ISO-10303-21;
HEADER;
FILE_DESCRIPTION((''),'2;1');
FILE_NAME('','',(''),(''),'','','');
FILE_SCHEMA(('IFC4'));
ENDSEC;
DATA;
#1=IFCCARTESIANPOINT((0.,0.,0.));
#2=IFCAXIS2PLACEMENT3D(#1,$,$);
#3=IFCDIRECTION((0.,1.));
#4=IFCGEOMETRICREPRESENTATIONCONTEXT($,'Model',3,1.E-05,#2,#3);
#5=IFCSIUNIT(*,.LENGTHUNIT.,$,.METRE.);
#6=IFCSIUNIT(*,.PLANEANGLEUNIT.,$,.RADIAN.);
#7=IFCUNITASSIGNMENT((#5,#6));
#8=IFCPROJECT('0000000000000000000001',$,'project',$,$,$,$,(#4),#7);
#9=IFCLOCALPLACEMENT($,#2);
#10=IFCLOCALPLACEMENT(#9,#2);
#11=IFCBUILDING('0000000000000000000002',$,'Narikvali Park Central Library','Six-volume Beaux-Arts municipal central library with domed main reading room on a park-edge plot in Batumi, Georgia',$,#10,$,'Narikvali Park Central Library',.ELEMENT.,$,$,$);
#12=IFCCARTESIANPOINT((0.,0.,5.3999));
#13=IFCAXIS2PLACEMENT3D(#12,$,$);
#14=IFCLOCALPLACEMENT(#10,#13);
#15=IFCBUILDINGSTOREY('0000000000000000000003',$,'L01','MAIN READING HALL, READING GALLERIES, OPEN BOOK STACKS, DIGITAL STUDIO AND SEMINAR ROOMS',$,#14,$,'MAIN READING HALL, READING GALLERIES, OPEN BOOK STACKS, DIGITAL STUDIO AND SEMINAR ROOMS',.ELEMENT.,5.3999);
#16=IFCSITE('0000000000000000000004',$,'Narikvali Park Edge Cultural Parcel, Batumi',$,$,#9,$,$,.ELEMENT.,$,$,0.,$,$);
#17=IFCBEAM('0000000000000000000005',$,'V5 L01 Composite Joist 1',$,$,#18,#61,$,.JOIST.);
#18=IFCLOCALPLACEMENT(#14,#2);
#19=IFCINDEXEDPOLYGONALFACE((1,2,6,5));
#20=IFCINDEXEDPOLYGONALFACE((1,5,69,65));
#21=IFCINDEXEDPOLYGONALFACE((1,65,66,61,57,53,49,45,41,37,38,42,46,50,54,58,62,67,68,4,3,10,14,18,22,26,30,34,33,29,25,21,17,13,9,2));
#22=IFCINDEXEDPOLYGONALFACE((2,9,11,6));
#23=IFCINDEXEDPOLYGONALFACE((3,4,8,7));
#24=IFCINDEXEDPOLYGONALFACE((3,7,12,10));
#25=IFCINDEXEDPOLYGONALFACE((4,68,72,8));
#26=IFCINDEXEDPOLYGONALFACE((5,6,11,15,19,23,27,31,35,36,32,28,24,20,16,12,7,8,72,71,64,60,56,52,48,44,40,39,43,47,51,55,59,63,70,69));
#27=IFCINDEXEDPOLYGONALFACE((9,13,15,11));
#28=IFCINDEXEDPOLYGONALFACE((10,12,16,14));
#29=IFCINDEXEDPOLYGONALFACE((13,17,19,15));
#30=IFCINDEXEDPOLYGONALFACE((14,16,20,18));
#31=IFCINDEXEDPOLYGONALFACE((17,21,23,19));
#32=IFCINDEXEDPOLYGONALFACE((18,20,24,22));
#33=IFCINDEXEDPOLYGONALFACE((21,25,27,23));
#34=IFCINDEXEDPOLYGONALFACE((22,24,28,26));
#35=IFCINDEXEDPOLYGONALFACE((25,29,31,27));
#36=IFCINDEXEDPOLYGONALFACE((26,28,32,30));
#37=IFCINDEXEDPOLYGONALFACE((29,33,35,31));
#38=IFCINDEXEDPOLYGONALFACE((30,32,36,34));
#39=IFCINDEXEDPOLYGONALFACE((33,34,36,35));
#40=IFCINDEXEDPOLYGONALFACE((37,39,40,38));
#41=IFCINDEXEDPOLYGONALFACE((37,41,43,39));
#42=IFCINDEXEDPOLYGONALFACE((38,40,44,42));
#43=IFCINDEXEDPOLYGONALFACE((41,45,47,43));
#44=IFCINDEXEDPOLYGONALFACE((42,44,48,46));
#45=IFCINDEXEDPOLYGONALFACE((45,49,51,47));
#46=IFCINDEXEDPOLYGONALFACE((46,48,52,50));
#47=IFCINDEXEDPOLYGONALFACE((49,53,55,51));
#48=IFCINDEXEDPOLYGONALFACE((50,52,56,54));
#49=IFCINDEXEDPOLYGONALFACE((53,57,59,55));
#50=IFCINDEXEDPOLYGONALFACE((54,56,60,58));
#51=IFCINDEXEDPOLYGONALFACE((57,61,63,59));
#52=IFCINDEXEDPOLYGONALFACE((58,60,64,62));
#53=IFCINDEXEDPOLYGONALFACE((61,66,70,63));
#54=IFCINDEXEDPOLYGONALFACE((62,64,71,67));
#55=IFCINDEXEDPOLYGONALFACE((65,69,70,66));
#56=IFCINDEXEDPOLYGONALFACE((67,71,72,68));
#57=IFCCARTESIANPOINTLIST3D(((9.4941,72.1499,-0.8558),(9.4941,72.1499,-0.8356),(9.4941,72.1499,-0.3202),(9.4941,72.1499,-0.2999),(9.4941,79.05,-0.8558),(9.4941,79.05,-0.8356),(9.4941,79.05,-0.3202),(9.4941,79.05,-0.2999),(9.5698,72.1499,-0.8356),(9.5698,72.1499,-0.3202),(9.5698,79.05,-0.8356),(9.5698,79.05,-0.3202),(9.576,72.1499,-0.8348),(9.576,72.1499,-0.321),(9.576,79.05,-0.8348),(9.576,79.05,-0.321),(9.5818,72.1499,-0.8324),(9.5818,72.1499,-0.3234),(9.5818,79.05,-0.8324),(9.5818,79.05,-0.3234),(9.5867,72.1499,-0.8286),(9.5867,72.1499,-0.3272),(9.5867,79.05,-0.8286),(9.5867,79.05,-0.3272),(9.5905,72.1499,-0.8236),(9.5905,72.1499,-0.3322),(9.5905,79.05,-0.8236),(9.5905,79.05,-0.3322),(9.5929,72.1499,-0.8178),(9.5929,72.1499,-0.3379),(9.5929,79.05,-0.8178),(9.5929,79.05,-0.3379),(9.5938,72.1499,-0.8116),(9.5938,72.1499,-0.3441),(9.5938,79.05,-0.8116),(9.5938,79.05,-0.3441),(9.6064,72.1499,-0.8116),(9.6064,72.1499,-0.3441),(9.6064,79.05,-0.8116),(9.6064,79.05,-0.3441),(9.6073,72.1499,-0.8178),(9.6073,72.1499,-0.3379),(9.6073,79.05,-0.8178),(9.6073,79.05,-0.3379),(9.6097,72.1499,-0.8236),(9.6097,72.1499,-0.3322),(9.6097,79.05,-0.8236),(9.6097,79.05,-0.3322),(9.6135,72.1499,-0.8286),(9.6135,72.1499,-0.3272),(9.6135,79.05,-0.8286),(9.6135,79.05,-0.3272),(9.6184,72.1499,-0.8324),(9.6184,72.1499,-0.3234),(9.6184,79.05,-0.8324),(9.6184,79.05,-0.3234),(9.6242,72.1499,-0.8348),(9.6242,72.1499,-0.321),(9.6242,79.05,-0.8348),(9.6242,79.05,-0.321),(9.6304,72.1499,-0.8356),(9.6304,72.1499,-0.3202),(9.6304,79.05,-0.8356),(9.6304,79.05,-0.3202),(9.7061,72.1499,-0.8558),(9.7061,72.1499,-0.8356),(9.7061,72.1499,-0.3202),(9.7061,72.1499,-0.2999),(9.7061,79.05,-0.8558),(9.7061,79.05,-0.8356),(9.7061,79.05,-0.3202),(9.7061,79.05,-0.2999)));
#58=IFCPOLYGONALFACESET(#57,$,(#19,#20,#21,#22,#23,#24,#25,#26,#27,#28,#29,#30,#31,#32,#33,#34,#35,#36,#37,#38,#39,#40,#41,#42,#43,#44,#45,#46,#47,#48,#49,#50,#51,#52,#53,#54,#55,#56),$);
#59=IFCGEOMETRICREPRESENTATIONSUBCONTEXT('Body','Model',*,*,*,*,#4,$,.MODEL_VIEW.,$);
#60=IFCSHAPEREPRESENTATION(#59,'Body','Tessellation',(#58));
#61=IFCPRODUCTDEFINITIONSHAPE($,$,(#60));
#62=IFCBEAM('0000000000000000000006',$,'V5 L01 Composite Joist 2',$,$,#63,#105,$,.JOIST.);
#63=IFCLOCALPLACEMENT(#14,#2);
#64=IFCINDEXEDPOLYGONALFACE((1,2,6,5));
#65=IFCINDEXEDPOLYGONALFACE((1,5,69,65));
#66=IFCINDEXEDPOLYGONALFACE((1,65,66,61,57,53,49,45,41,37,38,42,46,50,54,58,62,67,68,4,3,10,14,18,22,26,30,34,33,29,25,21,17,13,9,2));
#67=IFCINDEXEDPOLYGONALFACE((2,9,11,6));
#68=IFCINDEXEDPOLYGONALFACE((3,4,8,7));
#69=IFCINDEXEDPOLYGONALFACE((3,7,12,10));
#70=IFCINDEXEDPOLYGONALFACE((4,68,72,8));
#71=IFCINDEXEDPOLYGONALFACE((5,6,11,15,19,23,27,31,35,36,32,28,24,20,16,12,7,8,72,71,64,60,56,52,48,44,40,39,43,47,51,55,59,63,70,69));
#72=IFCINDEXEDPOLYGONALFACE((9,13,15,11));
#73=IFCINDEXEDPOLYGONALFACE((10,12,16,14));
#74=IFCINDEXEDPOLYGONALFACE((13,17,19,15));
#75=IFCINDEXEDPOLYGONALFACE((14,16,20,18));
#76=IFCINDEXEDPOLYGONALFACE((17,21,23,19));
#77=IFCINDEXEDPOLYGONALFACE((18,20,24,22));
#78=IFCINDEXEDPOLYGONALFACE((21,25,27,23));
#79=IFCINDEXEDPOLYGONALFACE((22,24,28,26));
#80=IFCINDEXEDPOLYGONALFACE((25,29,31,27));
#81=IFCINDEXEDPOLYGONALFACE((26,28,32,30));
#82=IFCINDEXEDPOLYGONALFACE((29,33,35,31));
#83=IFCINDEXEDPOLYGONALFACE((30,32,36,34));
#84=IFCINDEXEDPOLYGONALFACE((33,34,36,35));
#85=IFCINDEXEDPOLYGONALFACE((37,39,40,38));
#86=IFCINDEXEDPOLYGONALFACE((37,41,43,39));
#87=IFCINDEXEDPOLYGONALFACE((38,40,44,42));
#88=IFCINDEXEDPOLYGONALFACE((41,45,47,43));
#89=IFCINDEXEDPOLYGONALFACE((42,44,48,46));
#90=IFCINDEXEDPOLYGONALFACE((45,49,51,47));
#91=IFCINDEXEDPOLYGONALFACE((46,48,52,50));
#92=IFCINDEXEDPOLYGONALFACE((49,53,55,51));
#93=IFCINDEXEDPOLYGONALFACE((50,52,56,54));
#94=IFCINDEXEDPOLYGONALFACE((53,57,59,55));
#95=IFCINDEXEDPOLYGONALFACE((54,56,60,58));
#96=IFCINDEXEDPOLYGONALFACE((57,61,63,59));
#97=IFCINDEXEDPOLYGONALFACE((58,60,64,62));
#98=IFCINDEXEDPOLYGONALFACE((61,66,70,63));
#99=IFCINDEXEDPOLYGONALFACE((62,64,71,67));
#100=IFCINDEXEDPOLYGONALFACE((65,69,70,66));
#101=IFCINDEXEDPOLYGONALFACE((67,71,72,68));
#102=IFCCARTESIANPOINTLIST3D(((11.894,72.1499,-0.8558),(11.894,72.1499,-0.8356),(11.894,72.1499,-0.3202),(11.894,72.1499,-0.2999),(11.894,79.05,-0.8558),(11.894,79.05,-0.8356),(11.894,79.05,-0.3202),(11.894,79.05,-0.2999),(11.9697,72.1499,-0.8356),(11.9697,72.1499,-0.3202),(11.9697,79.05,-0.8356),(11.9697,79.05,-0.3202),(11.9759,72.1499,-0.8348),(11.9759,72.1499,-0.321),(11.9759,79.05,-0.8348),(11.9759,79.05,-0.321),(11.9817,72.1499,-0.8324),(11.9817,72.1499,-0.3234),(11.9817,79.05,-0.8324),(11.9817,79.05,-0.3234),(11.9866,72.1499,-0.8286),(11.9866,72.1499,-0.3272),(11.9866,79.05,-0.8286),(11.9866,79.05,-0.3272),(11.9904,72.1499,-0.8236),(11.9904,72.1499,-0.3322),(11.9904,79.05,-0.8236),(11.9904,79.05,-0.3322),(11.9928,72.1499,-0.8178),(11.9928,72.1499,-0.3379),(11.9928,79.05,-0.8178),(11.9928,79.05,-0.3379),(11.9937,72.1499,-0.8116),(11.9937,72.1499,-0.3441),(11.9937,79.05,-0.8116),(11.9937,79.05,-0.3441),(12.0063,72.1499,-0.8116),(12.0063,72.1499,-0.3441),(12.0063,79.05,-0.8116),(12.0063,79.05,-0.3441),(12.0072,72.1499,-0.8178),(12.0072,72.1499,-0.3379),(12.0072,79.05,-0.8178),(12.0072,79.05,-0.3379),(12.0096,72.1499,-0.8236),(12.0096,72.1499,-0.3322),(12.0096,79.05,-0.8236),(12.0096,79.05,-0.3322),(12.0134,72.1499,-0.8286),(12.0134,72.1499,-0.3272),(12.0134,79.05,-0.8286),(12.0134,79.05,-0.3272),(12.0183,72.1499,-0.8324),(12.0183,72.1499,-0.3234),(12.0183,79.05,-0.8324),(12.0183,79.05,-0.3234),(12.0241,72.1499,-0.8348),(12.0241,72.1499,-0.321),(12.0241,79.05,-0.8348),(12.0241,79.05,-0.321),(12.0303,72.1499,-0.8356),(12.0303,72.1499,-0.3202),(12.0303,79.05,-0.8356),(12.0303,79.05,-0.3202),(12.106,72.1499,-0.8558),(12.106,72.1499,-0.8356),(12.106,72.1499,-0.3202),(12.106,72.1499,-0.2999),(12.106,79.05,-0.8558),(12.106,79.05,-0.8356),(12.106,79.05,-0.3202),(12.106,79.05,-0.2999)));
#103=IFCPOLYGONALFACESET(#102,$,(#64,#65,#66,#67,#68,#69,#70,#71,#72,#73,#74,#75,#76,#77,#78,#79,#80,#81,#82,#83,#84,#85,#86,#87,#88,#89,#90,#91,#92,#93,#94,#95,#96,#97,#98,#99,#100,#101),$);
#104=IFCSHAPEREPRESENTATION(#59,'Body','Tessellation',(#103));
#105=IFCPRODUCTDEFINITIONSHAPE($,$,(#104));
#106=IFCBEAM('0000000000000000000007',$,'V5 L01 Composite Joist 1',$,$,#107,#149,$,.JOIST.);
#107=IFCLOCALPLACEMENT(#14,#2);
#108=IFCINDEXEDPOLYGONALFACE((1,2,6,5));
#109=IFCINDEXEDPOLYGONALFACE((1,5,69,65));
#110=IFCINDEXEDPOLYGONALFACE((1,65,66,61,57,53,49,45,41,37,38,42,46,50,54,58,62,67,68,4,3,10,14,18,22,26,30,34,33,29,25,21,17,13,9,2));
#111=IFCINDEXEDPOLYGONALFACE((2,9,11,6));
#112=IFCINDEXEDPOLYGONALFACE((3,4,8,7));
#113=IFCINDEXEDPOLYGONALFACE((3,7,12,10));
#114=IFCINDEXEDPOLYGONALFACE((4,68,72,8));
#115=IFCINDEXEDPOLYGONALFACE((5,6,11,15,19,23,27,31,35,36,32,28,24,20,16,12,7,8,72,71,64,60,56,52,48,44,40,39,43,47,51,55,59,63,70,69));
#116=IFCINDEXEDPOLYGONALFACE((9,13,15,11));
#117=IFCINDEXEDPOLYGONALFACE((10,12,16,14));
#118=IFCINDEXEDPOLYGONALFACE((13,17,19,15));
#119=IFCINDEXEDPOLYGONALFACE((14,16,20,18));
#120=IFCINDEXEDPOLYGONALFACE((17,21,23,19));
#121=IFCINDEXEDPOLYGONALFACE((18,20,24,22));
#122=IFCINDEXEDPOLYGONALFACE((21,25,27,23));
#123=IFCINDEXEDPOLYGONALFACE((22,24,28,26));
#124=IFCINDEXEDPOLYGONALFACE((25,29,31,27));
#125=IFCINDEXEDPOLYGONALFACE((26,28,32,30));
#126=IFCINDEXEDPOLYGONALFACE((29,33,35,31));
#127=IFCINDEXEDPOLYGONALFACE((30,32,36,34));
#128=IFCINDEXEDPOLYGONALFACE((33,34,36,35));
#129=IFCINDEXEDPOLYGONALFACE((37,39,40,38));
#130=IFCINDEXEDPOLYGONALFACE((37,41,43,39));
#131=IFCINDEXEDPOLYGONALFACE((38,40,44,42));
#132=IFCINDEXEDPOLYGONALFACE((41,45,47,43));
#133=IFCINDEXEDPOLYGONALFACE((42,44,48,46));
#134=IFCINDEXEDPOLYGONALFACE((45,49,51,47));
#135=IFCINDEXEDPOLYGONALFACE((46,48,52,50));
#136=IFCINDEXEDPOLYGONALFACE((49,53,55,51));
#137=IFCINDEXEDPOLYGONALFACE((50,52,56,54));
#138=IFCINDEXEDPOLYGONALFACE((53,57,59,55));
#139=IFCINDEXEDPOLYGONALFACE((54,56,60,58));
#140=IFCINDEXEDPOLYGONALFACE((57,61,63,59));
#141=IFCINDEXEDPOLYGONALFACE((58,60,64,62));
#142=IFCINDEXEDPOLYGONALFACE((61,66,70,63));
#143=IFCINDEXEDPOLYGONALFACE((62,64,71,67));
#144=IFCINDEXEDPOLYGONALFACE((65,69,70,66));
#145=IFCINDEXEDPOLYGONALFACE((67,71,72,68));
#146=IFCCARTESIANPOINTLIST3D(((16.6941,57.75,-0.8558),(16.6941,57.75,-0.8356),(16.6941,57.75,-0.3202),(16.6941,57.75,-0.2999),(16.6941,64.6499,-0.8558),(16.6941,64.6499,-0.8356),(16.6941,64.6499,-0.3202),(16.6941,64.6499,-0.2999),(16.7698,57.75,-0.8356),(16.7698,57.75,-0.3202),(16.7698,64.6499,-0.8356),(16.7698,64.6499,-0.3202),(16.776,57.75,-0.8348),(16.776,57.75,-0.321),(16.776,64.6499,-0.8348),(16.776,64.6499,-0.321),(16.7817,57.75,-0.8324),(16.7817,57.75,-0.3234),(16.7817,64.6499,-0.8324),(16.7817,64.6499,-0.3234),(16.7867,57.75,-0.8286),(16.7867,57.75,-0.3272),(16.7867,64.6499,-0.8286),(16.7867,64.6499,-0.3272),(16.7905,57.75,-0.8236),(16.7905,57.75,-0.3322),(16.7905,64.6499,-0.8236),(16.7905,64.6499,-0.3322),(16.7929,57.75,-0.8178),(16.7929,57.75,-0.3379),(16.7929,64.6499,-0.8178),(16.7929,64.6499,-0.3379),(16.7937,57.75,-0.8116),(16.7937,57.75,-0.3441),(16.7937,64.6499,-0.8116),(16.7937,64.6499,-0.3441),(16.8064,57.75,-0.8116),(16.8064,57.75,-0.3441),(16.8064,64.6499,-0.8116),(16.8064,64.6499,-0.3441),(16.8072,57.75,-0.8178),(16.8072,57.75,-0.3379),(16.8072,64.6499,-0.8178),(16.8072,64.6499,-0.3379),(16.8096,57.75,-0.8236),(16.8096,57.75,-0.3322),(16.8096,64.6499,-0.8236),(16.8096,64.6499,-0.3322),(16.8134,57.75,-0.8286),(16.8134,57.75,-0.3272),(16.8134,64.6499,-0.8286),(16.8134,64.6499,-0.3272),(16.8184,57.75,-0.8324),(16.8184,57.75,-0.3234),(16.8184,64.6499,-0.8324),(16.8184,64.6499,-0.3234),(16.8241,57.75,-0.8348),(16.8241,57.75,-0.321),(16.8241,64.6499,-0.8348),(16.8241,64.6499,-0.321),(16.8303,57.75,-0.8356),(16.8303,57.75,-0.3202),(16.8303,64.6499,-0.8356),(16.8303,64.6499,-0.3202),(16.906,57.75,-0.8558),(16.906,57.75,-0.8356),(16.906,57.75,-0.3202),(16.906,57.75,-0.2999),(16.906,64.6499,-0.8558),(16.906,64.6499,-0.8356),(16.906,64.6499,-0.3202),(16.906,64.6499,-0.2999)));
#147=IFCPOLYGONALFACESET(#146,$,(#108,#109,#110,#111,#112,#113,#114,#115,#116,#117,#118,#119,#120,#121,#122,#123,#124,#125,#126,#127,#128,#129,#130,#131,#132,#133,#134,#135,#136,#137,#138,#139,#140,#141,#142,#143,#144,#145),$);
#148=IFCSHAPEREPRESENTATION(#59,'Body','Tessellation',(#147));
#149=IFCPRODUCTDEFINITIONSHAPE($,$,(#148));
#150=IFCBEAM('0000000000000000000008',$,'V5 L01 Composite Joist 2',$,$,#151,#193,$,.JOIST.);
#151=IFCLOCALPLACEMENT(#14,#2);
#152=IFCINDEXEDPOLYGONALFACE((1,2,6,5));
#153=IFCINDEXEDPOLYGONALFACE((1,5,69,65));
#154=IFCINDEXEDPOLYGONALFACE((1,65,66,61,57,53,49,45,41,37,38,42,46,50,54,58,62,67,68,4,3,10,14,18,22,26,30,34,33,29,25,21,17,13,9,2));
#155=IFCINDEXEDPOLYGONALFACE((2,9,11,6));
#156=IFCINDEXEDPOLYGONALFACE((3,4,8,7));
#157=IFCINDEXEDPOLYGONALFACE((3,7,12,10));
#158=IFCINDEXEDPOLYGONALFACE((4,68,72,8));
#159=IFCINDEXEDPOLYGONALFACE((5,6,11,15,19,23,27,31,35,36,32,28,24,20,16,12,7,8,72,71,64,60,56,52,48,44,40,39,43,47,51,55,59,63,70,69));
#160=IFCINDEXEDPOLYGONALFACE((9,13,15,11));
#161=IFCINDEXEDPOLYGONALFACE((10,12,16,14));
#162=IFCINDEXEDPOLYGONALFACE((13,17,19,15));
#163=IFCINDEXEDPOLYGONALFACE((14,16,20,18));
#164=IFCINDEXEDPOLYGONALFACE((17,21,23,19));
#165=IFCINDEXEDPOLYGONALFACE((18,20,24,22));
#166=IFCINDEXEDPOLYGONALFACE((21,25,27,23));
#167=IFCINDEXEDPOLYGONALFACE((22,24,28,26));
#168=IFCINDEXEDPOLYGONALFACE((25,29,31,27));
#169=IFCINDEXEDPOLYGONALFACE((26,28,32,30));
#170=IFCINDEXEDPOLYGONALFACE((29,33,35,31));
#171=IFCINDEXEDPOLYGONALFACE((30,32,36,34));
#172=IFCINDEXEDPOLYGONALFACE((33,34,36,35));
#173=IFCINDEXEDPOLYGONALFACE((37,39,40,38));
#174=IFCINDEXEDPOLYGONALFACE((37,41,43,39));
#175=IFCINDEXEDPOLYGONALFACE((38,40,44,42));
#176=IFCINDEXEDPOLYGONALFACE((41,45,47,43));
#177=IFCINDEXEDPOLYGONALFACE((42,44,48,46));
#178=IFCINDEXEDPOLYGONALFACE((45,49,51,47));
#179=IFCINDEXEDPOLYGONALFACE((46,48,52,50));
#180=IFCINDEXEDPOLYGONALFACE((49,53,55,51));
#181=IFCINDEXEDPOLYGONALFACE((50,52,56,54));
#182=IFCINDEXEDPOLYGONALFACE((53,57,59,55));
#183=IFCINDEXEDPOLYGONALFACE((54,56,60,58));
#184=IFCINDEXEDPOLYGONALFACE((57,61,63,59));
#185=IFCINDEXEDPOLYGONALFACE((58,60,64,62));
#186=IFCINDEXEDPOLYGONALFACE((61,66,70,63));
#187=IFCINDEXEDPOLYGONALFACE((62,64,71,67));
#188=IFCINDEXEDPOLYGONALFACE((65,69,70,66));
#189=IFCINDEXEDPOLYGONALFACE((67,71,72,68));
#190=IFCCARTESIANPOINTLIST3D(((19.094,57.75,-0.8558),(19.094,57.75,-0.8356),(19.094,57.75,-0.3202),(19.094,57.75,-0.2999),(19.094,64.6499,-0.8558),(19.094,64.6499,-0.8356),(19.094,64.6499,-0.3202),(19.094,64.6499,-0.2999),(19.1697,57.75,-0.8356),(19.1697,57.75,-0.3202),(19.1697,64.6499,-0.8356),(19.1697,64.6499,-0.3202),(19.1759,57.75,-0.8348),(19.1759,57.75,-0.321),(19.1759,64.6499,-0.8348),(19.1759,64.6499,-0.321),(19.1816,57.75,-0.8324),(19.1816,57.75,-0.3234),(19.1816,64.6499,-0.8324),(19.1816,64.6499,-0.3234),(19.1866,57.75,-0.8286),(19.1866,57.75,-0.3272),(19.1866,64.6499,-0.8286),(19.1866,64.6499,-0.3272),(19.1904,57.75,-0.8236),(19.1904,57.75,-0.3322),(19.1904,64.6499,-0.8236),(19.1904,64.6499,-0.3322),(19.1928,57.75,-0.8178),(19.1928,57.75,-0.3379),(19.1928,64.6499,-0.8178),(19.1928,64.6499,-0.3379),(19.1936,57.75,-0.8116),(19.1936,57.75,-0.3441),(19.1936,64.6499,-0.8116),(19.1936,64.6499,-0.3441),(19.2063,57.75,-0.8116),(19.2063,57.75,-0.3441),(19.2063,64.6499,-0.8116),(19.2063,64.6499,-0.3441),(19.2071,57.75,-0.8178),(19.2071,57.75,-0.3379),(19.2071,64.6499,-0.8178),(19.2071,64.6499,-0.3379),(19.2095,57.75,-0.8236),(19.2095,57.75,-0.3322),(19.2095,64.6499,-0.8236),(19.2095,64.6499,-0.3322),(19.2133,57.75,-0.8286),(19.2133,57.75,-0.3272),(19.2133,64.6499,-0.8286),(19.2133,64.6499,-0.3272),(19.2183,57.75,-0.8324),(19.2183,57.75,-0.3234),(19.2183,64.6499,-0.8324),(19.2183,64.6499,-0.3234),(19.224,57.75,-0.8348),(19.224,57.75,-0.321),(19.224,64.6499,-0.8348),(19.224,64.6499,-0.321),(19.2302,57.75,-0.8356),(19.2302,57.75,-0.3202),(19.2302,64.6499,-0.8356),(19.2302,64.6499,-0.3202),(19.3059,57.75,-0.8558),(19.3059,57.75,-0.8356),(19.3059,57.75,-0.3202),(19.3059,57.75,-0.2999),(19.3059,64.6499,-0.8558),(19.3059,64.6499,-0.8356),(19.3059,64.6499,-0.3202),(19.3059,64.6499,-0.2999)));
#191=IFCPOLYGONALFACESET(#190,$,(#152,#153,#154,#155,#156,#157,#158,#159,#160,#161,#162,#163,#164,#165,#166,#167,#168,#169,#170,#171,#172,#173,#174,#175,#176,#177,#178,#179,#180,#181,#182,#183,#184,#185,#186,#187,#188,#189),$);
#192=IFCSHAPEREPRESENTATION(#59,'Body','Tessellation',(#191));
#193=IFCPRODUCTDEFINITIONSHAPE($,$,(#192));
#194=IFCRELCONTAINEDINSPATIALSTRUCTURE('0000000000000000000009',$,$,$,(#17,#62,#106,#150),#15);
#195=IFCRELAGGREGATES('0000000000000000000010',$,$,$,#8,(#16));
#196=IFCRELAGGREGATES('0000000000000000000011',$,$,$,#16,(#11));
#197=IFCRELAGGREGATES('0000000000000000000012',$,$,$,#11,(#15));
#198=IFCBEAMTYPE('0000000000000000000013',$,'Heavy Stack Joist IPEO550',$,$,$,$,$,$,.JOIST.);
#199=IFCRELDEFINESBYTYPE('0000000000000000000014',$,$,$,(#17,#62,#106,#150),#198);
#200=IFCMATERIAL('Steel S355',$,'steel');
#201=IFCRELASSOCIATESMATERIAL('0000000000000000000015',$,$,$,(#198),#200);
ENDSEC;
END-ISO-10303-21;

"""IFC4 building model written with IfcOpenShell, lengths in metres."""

from ifc_helpers import new_model, si_unit, direction, frame, origin, origin_2d, place, context, subcontext, project, spatial, i_section, extrude, material, material_profile, profile_set, type_object, element, save


model = new_model("IFC4")

# Units and contexts
model_context = context("Model", 3, precision=1e-05, world=origin(), true_north=direction((0.0, 1.0)))
body_context = subcontext(model_context, "Body", "Model", "MODEL_VIEW")
ifc_project = project(units=[si_unit("LENGTHUNIT", "METRE"), si_unit("PLANEANGLEUNIT", "RADIAN")], contexts=[model_context])

# Site, building, storey
site_placement = place(None, origin())
site = spatial("IfcSite", under=ifc_project, at=site_placement, Name="Narikvali Park Edge Cultural Parcel, Batumi", CompositionType="ELEMENT", RefElevation=0.0)
building_placement = place(site_placement, origin())
building = spatial("IfcBuilding", under=site, at=building_placement, Name="Narikvali Park Central Library", Description="Six-volume Beaux-Arts municipal central library with domed main reading room on a park-edge plot in Batumi, Georgia", LongName="Narikvali Park Central Library", CompositionType="ELEMENT")
storey_placement = place(building_placement, frame((0.0, 0.0, 5.3999)))
storey = spatial("IfcBuildingStorey", under=building, at=storey_placement, Name="L01", Description="MAIN READING HALL, READING GALLERIES, OPEN BOOK STACKS, DIGITAL STUDIO AND SEMINAR ROOMS", LongName="MAIN READING HALL, READING GALLERIES, OPEN BOOK STACKS, DIGITAL STUDIO AND SEMINAR ROOMS", CompositionType="ELEMENT", Elevation=5.3999)

# Shared definitions
ifc_material_1 = material(Name="Steel S355", Category="steel")

# Beams
ifc_material_profile_1 = material_profile(ifc_material_1, i_section(OverallWidth=0.2119, OverallDepth=0.5559, WebThickness=0.0127, FlangeThickness=0.0203, FilletRadius=0.0239, at=origin_2d()), Name="IPEO 550")
ifc_profile_set_1 = profile_set([ifc_material_profile_1], Name="Steel S355")
beam_type_1 = type_object("IfcBeamType", Name="Heavy Stack Joist IPEO550", PredefinedType="JOIST", material=ifc_profile_set_1)
for number, where, z_axis, x_axis, name in (
    (1, (9.6001, 72.1499, -0.5779), (0.0, 1.0, 0.0), (-1.0, 0.0, 0.0), "V5 L01 Composite Joist 1"),
    (2, (12.0, 72.1499, -0.5779), (0.0, 1.0, 0.0), (-1.0, 0.0, 0.0), "V5 L01 Composite Joist 2"),
):
    element("IfcBeam", number, at=place(storey_placement, frame(where, z_axis=z_axis, x_axis=x_axis)), inside=storey, type_object=beam_type_1, Name=name, PredefinedType="JOIST", context=body_context, shape_type="SweptSolid", body=[
        extrude(i_section(OverallWidth=0.2119, OverallDepth=0.5559, WebThickness=0.0127, FlangeThickness=0.0203, FilletRadius=0.0239, at=origin_2d()), origin(), (0.0, 0.0, 1.0), 6.9001),
    ])
for number, where, z_axis, x_axis, name in (
    (3, (16.8, 57.75, -0.5779), (0.0, 1.0, 0.0), (-1.0, 0.0, 0.0), "V5 L01 Composite Joist 1"),
    (4, (19.2, 57.75, -0.5779), (0.0, 1.0, 0.0), (-1.0, 0.0, 0.0), "V5 L01 Composite Joist 2"),
):
    element("IfcBeam", number, at=place(storey_placement, frame(where, z_axis=z_axis, x_axis=x_axis)), inside=storey, type_object=beam_type_1, Name=name, PredefinedType="JOIST", context=body_context, shape_type="SweptSolid", body=[
        extrude(i_section(OverallWidth=0.2119, OverallDepth=0.5559, WebThickness=0.0127, FlangeThickness=0.0203, FilletRadius=0.0239, at=origin_2d()), origin(), (0.0, 0.0, 1.0), 6.8999),
    ])

save(model, "model.ifc")
